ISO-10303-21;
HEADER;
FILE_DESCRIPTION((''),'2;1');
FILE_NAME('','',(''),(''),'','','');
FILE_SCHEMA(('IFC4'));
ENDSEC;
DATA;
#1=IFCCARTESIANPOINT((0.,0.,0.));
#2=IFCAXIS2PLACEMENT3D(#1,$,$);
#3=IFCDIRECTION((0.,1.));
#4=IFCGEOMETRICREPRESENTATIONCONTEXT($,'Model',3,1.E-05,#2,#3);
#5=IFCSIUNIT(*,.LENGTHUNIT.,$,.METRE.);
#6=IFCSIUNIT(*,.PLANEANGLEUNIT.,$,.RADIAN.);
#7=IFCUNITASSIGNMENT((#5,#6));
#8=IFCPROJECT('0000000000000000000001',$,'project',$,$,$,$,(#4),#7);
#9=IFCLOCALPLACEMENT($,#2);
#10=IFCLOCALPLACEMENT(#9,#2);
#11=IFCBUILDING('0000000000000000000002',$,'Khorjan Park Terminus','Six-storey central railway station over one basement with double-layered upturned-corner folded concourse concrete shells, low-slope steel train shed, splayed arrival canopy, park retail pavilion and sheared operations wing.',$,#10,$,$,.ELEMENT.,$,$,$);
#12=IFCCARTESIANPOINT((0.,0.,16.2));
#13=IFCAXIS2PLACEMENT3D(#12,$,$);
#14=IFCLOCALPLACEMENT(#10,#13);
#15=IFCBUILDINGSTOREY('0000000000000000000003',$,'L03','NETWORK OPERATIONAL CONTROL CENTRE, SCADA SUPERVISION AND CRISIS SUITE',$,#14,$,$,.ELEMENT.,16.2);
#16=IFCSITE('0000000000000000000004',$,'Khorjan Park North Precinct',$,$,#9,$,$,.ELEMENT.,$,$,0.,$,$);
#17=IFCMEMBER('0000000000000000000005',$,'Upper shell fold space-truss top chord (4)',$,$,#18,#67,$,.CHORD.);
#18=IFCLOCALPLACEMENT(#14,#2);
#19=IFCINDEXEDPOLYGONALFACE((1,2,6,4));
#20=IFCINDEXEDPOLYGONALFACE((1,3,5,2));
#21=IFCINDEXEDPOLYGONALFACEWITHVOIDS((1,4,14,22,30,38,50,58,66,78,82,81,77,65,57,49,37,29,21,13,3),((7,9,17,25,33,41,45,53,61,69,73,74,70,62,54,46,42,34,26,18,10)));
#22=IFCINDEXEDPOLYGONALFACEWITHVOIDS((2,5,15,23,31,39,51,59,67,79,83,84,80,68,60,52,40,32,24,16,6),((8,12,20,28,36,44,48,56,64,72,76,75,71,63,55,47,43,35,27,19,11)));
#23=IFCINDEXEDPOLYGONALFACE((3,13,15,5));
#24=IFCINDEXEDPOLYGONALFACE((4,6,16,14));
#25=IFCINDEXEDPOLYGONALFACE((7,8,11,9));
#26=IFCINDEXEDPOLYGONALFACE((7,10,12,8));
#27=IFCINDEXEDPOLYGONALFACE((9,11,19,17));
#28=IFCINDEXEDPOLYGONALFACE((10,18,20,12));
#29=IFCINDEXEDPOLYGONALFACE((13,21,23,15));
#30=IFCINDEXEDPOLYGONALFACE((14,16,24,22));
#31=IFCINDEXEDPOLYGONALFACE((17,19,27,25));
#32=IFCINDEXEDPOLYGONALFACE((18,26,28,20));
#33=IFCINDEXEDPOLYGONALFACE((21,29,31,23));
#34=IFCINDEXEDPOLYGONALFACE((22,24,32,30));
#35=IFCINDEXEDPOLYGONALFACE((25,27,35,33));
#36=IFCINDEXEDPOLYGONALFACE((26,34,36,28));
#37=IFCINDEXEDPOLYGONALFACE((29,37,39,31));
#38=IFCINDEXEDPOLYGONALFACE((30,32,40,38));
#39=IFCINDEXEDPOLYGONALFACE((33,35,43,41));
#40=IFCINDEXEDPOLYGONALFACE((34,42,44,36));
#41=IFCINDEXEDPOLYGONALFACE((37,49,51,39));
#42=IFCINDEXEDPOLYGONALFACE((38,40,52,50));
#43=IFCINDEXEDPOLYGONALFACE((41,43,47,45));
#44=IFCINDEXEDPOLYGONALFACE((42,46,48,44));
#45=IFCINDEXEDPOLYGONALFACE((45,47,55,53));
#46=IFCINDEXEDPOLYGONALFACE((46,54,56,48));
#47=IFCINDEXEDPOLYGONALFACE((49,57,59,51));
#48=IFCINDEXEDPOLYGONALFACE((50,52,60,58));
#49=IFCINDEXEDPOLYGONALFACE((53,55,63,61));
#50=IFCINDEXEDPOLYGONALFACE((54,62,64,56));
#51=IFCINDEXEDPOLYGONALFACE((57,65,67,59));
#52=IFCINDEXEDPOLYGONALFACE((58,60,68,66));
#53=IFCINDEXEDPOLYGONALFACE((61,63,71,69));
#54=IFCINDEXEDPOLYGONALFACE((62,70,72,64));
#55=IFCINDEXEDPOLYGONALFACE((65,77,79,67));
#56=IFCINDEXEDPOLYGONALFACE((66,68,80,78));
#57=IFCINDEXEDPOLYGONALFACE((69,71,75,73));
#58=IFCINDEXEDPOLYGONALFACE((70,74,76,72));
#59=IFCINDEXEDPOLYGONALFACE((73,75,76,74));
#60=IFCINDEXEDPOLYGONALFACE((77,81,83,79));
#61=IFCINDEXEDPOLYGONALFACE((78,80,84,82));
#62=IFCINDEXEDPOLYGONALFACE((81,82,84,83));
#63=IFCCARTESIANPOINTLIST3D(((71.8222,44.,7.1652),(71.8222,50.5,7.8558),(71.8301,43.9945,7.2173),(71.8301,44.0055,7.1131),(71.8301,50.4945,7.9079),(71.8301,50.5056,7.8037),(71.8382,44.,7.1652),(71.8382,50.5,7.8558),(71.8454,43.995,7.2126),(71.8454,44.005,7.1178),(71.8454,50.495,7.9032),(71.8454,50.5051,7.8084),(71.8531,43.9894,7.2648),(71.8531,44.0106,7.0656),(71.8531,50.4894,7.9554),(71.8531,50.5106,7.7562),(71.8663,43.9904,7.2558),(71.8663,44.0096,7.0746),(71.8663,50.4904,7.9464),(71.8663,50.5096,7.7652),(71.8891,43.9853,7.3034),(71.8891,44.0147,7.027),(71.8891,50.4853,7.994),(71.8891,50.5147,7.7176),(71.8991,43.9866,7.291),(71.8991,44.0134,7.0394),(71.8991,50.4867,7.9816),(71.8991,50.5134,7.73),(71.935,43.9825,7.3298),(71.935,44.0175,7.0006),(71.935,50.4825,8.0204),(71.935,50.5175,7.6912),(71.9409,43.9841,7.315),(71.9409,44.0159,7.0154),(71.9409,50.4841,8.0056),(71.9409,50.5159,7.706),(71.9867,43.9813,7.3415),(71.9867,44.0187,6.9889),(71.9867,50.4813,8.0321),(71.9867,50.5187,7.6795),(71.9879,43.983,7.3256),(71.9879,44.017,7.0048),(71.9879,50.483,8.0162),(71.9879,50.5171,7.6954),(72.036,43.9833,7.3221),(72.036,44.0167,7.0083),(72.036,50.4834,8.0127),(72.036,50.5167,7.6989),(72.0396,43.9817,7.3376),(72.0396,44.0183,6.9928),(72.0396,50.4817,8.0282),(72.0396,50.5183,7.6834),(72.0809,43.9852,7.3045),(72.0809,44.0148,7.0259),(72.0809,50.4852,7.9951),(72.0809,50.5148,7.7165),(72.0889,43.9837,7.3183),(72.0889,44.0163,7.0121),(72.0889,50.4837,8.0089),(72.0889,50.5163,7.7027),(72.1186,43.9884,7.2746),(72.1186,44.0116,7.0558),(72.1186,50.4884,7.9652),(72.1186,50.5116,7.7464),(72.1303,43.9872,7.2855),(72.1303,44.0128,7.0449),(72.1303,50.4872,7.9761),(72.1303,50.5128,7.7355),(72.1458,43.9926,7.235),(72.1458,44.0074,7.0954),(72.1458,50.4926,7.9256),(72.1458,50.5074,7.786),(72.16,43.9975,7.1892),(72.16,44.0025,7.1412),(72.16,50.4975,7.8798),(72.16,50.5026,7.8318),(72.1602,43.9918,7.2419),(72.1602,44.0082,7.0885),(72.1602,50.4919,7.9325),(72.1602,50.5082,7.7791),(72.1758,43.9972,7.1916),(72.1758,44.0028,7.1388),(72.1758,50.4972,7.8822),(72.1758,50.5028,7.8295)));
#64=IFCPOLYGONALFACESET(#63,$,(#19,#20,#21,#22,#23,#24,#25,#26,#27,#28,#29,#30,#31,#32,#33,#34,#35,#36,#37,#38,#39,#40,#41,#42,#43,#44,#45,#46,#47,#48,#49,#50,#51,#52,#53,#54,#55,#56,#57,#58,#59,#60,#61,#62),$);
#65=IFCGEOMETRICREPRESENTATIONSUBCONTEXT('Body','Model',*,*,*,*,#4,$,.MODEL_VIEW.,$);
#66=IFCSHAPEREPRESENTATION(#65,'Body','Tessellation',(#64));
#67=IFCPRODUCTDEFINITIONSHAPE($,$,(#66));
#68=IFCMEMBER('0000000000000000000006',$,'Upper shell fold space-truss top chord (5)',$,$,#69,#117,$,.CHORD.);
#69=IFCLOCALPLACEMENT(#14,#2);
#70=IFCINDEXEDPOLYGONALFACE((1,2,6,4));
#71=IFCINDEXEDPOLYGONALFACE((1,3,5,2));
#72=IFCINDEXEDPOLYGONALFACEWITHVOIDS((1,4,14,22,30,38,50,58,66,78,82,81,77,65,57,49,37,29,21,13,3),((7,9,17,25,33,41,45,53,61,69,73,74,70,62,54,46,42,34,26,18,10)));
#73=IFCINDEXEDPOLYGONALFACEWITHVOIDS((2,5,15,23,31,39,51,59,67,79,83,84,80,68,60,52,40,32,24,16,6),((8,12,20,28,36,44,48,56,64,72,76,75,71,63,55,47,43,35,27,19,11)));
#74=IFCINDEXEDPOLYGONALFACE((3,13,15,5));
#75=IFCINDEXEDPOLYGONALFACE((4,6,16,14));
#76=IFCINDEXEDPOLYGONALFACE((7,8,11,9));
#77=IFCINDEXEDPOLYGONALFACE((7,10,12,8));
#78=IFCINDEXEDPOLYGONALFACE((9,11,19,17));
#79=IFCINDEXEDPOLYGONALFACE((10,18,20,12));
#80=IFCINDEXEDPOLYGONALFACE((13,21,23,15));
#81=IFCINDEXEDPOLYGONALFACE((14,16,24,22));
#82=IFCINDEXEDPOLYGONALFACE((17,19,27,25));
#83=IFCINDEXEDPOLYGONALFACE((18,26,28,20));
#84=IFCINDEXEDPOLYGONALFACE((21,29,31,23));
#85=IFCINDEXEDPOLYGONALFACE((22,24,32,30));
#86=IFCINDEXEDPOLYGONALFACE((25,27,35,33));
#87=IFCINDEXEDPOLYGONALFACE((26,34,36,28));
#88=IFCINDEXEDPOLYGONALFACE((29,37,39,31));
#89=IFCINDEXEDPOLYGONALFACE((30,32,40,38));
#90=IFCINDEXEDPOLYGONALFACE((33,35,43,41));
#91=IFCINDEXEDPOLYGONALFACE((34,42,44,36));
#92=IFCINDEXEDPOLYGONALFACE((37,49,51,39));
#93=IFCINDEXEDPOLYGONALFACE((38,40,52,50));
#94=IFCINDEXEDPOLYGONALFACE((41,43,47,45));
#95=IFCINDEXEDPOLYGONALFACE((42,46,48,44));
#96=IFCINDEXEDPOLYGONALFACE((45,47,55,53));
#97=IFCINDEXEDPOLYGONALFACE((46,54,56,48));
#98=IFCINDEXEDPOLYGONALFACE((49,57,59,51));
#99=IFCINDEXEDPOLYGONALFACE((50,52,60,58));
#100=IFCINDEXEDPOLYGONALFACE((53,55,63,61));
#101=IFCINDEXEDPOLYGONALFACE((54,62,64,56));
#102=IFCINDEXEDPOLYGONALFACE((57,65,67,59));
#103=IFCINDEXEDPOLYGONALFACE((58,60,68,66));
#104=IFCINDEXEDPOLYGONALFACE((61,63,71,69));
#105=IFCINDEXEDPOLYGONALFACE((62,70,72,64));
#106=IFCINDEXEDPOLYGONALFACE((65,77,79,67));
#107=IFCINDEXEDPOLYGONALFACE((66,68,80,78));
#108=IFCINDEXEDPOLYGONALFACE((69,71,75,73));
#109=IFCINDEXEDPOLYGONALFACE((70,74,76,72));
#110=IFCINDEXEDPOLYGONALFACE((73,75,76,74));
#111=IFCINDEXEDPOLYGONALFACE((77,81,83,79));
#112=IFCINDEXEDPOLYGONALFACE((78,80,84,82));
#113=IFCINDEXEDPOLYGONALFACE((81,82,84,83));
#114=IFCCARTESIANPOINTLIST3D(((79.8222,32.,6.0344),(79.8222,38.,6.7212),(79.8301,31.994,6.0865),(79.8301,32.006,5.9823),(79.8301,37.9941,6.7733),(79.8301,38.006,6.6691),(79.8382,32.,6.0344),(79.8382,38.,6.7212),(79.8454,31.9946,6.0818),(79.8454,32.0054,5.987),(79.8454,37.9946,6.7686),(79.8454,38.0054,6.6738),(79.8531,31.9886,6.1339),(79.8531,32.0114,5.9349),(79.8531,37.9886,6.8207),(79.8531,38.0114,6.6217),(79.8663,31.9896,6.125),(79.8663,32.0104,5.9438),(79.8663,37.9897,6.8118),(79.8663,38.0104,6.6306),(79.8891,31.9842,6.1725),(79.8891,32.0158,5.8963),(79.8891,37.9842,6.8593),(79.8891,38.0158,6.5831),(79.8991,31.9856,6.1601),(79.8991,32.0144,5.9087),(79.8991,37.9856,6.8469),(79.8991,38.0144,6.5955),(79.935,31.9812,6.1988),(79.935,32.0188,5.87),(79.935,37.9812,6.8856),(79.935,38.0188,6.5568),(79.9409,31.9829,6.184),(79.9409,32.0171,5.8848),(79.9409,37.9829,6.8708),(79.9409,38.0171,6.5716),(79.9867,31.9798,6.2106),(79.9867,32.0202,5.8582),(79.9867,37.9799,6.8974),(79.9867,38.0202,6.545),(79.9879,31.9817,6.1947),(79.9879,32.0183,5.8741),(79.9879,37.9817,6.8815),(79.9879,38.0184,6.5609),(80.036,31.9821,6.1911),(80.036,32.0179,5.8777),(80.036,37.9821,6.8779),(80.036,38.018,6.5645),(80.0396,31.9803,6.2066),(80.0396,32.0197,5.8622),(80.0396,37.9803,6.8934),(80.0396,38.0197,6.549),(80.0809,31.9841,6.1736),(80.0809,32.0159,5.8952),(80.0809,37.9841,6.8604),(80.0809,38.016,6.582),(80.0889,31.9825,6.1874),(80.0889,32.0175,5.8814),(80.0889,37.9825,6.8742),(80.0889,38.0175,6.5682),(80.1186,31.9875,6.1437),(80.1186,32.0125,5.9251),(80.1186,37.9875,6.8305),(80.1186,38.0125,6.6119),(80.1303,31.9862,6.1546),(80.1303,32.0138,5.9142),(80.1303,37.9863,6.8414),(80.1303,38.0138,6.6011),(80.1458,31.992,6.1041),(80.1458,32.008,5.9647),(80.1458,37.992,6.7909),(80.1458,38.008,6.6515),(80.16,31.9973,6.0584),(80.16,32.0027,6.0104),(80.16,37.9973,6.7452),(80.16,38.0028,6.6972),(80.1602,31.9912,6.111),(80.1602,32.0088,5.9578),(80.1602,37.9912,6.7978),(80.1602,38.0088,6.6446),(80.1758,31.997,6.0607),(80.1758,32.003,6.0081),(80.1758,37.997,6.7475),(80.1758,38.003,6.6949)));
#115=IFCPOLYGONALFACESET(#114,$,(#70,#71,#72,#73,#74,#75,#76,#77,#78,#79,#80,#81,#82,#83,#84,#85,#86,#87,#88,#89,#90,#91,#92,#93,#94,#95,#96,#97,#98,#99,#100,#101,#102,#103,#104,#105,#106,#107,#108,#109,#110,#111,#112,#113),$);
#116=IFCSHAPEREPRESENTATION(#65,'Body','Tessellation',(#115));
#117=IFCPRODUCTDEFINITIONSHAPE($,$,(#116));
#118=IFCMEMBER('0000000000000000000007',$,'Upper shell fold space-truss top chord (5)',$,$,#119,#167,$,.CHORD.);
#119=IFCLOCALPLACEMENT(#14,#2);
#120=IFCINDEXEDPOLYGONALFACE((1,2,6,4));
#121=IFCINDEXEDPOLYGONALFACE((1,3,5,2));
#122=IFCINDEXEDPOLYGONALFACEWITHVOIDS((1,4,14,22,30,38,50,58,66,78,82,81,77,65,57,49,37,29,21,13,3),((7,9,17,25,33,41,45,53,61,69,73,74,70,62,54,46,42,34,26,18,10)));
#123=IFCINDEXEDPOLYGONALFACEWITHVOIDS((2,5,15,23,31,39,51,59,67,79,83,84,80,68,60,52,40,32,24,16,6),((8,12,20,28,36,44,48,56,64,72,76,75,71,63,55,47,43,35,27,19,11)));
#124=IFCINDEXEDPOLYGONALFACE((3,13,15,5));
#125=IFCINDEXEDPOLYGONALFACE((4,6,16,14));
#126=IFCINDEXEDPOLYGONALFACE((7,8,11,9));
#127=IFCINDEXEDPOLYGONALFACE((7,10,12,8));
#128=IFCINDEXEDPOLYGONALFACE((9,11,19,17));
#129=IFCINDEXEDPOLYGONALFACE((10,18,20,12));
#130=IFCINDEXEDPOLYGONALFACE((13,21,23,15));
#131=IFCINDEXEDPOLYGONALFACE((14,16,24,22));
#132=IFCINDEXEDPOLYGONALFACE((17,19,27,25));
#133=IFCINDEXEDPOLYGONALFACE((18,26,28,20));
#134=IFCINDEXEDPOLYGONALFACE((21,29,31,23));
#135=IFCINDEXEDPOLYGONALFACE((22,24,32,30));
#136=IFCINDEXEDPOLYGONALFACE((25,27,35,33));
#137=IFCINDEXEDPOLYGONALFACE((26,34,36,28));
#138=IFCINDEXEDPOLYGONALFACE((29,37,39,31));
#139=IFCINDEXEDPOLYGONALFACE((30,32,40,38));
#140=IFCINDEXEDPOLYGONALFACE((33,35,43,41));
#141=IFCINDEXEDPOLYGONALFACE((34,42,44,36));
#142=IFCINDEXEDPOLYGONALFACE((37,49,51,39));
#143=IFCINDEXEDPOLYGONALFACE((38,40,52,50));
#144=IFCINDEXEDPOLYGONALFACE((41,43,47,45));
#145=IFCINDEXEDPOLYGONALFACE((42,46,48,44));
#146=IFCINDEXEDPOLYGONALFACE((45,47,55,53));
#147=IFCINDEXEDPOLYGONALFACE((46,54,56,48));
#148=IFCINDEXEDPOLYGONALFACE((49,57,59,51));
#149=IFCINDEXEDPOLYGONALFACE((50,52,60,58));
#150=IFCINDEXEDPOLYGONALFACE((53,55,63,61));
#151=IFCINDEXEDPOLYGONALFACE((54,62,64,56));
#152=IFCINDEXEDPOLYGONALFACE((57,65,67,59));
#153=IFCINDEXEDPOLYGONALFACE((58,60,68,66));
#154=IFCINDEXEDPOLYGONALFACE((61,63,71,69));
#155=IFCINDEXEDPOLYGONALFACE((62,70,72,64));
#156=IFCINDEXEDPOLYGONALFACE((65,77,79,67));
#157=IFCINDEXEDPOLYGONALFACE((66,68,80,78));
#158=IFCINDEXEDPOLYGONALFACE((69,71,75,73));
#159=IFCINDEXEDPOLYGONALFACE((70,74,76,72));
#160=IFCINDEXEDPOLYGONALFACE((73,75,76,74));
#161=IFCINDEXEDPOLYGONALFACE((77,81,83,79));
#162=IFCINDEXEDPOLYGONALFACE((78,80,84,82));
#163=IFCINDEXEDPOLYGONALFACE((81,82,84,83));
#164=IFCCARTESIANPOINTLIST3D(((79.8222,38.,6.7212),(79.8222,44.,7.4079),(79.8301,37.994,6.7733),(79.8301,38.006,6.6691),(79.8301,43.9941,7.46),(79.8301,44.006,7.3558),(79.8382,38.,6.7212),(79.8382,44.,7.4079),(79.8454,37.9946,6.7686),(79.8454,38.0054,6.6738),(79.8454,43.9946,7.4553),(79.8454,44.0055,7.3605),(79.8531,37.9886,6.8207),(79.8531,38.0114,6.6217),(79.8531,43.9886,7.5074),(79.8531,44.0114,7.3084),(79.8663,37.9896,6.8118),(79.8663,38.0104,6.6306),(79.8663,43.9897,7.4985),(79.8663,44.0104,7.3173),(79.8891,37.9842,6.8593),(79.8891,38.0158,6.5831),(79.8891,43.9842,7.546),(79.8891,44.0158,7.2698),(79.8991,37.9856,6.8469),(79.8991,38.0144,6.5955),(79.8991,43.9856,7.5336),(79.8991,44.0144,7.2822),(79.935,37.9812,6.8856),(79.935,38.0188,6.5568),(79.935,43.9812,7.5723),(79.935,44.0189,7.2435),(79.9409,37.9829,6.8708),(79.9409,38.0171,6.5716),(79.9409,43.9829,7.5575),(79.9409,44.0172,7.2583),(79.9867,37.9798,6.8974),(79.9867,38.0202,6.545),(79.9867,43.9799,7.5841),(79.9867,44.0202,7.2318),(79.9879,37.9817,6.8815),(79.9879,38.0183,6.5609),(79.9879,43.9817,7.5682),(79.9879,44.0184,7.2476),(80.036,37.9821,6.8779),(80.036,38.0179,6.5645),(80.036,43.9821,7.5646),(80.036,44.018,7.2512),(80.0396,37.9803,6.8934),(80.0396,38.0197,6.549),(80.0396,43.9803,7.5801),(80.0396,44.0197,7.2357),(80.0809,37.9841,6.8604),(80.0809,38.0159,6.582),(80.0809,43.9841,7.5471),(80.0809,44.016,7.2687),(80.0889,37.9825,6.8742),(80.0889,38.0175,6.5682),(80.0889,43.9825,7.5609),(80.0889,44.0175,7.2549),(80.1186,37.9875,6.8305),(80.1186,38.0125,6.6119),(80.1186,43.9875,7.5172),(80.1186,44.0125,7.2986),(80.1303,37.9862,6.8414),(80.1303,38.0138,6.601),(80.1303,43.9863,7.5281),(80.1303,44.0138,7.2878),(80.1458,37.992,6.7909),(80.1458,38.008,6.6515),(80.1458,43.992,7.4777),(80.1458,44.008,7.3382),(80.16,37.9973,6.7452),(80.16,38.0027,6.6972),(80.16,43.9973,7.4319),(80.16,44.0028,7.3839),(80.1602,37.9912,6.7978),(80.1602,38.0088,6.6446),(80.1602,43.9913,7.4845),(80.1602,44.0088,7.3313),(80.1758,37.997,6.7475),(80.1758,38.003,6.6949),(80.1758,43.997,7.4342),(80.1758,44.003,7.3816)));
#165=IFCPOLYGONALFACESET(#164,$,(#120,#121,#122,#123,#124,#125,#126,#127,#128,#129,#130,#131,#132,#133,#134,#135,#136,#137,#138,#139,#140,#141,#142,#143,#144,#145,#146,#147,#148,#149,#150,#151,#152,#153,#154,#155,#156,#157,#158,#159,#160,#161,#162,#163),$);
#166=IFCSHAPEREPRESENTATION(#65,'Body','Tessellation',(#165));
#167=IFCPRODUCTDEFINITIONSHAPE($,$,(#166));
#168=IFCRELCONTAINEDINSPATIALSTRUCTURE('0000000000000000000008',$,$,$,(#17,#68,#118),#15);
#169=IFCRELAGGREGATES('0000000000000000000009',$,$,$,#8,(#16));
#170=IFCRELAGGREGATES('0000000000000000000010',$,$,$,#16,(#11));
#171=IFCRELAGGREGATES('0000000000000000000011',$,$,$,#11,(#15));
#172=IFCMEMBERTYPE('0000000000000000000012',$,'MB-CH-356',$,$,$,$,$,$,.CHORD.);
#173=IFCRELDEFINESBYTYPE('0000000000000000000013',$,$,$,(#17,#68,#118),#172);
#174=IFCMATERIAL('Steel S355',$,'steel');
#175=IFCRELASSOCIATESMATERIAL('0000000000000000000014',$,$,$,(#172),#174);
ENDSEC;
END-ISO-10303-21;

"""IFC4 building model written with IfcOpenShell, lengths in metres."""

from ifc_helpers import new_model, si_unit, direction, frame, origin, origin_2d, place, context, subcontext, project, spatial, hollow_circle, extrude, material, material_profile, profile_set, type_object, element, save


model = new_model("IFC4")

# Units and contexts
model_context = context("Model", 3, precision=1e-05, world=origin(), true_north=direction((0.0, 1.0)))
body_context = subcontext(model_context, "Body", "Model", "MODEL_VIEW")
ifc_project = project(units=[si_unit("LENGTHUNIT", "METRE"), si_unit("PLANEANGLEUNIT", "RADIAN")], contexts=[model_context])

# Site, building, storey
site_placement = place(None, origin())
site = spatial("IfcSite", under=ifc_project, at=site_placement, Name="Khorjan Park North Precinct", CompositionType="ELEMENT", RefElevation=0.0)
building_placement = place(site_placement, origin())
building = spatial("IfcBuilding", under=site, at=building_placement, Name="Khorjan Park Terminus", Description="Six-storey central railway station over one basement with double-layered upturned-corner folded concourse concrete shells, low-slope steel train shed, splayed arrival canopy, park retail pavilion and sheared operations wing.", CompositionType="ELEMENT")
storey_placement = place(building_placement, frame((0.0, 0.0, 16.2)))
storey = spatial("IfcBuildingStorey", under=building, at=storey_placement, Name="L03", Description="NETWORK OPERATIONAL CONTROL CENTRE, SCADA SUPERVISION AND CRISIS SUITE", CompositionType="ELEMENT", Elevation=16.2)

# Members
ifc_material = material(Name="Steel S355", Category="steel")
ifc_material_profile_1 = material_profile(ifc_material, hollow_circle(Radius=0.1778, WallThickness=0.016, at=origin_2d()), Name="CHS 355.6x16")
ifc_profile_set_1 = profile_set([ifc_material_profile_1], Name="Steel S355")
member_type_1 = type_object("IfcMemberType", Name="MB-CH-356", PredefinedType="CHORD", material=ifc_profile_set_1)
member_1_placement = place(storey_placement, frame((72.0, 44.0, 7.1652), z_axis=(0.0, 0.994403, 0.105652), x_axis=(-1.0, 0.0, 0.0)))
element("IfcMember", 1, at=member_1_placement, inside=storey, type_object=member_type_1, Name="Upper shell fold space-truss top chord (4)", PredefinedType="CHORD", context=body_context, shape_type="SweptSolid", body=[
    extrude(hollow_circle(Radius=0.1778, WallThickness=0.016, at=origin_2d()), origin(), (0.0, 0.0, 1.0), 6.5366),
])
for number, where, z_axis, x_axis, name in (
    (2, (80.0, 32.0, 6.0344), (0.0, 0.993512, 0.113724), (-1.0, 0.0, 0.0), "Upper shell fold space-truss top chord (5)"),
    (3, (80.0, 38.0, 6.7212), (0.0, 0.993514, 0.113708), (-1.0, 0.0, 0.0), "Upper shell fold space-truss top chord (5)"),
):
    element("IfcMember", number, at=place(storey_placement, frame(where, z_axis=z_axis, x_axis=x_axis)), inside=storey, type_object=member_type_1, Name=name, PredefinedType="CHORD", context=body_context, shape_type="SweptSolid", body=[
        extrude(hollow_circle(Radius=0.1778, WallThickness=0.016, at=origin_2d()), origin(), (0.0, 0.0, 1.0), 6.0392),
    ])

save(model, "model.ifc")
